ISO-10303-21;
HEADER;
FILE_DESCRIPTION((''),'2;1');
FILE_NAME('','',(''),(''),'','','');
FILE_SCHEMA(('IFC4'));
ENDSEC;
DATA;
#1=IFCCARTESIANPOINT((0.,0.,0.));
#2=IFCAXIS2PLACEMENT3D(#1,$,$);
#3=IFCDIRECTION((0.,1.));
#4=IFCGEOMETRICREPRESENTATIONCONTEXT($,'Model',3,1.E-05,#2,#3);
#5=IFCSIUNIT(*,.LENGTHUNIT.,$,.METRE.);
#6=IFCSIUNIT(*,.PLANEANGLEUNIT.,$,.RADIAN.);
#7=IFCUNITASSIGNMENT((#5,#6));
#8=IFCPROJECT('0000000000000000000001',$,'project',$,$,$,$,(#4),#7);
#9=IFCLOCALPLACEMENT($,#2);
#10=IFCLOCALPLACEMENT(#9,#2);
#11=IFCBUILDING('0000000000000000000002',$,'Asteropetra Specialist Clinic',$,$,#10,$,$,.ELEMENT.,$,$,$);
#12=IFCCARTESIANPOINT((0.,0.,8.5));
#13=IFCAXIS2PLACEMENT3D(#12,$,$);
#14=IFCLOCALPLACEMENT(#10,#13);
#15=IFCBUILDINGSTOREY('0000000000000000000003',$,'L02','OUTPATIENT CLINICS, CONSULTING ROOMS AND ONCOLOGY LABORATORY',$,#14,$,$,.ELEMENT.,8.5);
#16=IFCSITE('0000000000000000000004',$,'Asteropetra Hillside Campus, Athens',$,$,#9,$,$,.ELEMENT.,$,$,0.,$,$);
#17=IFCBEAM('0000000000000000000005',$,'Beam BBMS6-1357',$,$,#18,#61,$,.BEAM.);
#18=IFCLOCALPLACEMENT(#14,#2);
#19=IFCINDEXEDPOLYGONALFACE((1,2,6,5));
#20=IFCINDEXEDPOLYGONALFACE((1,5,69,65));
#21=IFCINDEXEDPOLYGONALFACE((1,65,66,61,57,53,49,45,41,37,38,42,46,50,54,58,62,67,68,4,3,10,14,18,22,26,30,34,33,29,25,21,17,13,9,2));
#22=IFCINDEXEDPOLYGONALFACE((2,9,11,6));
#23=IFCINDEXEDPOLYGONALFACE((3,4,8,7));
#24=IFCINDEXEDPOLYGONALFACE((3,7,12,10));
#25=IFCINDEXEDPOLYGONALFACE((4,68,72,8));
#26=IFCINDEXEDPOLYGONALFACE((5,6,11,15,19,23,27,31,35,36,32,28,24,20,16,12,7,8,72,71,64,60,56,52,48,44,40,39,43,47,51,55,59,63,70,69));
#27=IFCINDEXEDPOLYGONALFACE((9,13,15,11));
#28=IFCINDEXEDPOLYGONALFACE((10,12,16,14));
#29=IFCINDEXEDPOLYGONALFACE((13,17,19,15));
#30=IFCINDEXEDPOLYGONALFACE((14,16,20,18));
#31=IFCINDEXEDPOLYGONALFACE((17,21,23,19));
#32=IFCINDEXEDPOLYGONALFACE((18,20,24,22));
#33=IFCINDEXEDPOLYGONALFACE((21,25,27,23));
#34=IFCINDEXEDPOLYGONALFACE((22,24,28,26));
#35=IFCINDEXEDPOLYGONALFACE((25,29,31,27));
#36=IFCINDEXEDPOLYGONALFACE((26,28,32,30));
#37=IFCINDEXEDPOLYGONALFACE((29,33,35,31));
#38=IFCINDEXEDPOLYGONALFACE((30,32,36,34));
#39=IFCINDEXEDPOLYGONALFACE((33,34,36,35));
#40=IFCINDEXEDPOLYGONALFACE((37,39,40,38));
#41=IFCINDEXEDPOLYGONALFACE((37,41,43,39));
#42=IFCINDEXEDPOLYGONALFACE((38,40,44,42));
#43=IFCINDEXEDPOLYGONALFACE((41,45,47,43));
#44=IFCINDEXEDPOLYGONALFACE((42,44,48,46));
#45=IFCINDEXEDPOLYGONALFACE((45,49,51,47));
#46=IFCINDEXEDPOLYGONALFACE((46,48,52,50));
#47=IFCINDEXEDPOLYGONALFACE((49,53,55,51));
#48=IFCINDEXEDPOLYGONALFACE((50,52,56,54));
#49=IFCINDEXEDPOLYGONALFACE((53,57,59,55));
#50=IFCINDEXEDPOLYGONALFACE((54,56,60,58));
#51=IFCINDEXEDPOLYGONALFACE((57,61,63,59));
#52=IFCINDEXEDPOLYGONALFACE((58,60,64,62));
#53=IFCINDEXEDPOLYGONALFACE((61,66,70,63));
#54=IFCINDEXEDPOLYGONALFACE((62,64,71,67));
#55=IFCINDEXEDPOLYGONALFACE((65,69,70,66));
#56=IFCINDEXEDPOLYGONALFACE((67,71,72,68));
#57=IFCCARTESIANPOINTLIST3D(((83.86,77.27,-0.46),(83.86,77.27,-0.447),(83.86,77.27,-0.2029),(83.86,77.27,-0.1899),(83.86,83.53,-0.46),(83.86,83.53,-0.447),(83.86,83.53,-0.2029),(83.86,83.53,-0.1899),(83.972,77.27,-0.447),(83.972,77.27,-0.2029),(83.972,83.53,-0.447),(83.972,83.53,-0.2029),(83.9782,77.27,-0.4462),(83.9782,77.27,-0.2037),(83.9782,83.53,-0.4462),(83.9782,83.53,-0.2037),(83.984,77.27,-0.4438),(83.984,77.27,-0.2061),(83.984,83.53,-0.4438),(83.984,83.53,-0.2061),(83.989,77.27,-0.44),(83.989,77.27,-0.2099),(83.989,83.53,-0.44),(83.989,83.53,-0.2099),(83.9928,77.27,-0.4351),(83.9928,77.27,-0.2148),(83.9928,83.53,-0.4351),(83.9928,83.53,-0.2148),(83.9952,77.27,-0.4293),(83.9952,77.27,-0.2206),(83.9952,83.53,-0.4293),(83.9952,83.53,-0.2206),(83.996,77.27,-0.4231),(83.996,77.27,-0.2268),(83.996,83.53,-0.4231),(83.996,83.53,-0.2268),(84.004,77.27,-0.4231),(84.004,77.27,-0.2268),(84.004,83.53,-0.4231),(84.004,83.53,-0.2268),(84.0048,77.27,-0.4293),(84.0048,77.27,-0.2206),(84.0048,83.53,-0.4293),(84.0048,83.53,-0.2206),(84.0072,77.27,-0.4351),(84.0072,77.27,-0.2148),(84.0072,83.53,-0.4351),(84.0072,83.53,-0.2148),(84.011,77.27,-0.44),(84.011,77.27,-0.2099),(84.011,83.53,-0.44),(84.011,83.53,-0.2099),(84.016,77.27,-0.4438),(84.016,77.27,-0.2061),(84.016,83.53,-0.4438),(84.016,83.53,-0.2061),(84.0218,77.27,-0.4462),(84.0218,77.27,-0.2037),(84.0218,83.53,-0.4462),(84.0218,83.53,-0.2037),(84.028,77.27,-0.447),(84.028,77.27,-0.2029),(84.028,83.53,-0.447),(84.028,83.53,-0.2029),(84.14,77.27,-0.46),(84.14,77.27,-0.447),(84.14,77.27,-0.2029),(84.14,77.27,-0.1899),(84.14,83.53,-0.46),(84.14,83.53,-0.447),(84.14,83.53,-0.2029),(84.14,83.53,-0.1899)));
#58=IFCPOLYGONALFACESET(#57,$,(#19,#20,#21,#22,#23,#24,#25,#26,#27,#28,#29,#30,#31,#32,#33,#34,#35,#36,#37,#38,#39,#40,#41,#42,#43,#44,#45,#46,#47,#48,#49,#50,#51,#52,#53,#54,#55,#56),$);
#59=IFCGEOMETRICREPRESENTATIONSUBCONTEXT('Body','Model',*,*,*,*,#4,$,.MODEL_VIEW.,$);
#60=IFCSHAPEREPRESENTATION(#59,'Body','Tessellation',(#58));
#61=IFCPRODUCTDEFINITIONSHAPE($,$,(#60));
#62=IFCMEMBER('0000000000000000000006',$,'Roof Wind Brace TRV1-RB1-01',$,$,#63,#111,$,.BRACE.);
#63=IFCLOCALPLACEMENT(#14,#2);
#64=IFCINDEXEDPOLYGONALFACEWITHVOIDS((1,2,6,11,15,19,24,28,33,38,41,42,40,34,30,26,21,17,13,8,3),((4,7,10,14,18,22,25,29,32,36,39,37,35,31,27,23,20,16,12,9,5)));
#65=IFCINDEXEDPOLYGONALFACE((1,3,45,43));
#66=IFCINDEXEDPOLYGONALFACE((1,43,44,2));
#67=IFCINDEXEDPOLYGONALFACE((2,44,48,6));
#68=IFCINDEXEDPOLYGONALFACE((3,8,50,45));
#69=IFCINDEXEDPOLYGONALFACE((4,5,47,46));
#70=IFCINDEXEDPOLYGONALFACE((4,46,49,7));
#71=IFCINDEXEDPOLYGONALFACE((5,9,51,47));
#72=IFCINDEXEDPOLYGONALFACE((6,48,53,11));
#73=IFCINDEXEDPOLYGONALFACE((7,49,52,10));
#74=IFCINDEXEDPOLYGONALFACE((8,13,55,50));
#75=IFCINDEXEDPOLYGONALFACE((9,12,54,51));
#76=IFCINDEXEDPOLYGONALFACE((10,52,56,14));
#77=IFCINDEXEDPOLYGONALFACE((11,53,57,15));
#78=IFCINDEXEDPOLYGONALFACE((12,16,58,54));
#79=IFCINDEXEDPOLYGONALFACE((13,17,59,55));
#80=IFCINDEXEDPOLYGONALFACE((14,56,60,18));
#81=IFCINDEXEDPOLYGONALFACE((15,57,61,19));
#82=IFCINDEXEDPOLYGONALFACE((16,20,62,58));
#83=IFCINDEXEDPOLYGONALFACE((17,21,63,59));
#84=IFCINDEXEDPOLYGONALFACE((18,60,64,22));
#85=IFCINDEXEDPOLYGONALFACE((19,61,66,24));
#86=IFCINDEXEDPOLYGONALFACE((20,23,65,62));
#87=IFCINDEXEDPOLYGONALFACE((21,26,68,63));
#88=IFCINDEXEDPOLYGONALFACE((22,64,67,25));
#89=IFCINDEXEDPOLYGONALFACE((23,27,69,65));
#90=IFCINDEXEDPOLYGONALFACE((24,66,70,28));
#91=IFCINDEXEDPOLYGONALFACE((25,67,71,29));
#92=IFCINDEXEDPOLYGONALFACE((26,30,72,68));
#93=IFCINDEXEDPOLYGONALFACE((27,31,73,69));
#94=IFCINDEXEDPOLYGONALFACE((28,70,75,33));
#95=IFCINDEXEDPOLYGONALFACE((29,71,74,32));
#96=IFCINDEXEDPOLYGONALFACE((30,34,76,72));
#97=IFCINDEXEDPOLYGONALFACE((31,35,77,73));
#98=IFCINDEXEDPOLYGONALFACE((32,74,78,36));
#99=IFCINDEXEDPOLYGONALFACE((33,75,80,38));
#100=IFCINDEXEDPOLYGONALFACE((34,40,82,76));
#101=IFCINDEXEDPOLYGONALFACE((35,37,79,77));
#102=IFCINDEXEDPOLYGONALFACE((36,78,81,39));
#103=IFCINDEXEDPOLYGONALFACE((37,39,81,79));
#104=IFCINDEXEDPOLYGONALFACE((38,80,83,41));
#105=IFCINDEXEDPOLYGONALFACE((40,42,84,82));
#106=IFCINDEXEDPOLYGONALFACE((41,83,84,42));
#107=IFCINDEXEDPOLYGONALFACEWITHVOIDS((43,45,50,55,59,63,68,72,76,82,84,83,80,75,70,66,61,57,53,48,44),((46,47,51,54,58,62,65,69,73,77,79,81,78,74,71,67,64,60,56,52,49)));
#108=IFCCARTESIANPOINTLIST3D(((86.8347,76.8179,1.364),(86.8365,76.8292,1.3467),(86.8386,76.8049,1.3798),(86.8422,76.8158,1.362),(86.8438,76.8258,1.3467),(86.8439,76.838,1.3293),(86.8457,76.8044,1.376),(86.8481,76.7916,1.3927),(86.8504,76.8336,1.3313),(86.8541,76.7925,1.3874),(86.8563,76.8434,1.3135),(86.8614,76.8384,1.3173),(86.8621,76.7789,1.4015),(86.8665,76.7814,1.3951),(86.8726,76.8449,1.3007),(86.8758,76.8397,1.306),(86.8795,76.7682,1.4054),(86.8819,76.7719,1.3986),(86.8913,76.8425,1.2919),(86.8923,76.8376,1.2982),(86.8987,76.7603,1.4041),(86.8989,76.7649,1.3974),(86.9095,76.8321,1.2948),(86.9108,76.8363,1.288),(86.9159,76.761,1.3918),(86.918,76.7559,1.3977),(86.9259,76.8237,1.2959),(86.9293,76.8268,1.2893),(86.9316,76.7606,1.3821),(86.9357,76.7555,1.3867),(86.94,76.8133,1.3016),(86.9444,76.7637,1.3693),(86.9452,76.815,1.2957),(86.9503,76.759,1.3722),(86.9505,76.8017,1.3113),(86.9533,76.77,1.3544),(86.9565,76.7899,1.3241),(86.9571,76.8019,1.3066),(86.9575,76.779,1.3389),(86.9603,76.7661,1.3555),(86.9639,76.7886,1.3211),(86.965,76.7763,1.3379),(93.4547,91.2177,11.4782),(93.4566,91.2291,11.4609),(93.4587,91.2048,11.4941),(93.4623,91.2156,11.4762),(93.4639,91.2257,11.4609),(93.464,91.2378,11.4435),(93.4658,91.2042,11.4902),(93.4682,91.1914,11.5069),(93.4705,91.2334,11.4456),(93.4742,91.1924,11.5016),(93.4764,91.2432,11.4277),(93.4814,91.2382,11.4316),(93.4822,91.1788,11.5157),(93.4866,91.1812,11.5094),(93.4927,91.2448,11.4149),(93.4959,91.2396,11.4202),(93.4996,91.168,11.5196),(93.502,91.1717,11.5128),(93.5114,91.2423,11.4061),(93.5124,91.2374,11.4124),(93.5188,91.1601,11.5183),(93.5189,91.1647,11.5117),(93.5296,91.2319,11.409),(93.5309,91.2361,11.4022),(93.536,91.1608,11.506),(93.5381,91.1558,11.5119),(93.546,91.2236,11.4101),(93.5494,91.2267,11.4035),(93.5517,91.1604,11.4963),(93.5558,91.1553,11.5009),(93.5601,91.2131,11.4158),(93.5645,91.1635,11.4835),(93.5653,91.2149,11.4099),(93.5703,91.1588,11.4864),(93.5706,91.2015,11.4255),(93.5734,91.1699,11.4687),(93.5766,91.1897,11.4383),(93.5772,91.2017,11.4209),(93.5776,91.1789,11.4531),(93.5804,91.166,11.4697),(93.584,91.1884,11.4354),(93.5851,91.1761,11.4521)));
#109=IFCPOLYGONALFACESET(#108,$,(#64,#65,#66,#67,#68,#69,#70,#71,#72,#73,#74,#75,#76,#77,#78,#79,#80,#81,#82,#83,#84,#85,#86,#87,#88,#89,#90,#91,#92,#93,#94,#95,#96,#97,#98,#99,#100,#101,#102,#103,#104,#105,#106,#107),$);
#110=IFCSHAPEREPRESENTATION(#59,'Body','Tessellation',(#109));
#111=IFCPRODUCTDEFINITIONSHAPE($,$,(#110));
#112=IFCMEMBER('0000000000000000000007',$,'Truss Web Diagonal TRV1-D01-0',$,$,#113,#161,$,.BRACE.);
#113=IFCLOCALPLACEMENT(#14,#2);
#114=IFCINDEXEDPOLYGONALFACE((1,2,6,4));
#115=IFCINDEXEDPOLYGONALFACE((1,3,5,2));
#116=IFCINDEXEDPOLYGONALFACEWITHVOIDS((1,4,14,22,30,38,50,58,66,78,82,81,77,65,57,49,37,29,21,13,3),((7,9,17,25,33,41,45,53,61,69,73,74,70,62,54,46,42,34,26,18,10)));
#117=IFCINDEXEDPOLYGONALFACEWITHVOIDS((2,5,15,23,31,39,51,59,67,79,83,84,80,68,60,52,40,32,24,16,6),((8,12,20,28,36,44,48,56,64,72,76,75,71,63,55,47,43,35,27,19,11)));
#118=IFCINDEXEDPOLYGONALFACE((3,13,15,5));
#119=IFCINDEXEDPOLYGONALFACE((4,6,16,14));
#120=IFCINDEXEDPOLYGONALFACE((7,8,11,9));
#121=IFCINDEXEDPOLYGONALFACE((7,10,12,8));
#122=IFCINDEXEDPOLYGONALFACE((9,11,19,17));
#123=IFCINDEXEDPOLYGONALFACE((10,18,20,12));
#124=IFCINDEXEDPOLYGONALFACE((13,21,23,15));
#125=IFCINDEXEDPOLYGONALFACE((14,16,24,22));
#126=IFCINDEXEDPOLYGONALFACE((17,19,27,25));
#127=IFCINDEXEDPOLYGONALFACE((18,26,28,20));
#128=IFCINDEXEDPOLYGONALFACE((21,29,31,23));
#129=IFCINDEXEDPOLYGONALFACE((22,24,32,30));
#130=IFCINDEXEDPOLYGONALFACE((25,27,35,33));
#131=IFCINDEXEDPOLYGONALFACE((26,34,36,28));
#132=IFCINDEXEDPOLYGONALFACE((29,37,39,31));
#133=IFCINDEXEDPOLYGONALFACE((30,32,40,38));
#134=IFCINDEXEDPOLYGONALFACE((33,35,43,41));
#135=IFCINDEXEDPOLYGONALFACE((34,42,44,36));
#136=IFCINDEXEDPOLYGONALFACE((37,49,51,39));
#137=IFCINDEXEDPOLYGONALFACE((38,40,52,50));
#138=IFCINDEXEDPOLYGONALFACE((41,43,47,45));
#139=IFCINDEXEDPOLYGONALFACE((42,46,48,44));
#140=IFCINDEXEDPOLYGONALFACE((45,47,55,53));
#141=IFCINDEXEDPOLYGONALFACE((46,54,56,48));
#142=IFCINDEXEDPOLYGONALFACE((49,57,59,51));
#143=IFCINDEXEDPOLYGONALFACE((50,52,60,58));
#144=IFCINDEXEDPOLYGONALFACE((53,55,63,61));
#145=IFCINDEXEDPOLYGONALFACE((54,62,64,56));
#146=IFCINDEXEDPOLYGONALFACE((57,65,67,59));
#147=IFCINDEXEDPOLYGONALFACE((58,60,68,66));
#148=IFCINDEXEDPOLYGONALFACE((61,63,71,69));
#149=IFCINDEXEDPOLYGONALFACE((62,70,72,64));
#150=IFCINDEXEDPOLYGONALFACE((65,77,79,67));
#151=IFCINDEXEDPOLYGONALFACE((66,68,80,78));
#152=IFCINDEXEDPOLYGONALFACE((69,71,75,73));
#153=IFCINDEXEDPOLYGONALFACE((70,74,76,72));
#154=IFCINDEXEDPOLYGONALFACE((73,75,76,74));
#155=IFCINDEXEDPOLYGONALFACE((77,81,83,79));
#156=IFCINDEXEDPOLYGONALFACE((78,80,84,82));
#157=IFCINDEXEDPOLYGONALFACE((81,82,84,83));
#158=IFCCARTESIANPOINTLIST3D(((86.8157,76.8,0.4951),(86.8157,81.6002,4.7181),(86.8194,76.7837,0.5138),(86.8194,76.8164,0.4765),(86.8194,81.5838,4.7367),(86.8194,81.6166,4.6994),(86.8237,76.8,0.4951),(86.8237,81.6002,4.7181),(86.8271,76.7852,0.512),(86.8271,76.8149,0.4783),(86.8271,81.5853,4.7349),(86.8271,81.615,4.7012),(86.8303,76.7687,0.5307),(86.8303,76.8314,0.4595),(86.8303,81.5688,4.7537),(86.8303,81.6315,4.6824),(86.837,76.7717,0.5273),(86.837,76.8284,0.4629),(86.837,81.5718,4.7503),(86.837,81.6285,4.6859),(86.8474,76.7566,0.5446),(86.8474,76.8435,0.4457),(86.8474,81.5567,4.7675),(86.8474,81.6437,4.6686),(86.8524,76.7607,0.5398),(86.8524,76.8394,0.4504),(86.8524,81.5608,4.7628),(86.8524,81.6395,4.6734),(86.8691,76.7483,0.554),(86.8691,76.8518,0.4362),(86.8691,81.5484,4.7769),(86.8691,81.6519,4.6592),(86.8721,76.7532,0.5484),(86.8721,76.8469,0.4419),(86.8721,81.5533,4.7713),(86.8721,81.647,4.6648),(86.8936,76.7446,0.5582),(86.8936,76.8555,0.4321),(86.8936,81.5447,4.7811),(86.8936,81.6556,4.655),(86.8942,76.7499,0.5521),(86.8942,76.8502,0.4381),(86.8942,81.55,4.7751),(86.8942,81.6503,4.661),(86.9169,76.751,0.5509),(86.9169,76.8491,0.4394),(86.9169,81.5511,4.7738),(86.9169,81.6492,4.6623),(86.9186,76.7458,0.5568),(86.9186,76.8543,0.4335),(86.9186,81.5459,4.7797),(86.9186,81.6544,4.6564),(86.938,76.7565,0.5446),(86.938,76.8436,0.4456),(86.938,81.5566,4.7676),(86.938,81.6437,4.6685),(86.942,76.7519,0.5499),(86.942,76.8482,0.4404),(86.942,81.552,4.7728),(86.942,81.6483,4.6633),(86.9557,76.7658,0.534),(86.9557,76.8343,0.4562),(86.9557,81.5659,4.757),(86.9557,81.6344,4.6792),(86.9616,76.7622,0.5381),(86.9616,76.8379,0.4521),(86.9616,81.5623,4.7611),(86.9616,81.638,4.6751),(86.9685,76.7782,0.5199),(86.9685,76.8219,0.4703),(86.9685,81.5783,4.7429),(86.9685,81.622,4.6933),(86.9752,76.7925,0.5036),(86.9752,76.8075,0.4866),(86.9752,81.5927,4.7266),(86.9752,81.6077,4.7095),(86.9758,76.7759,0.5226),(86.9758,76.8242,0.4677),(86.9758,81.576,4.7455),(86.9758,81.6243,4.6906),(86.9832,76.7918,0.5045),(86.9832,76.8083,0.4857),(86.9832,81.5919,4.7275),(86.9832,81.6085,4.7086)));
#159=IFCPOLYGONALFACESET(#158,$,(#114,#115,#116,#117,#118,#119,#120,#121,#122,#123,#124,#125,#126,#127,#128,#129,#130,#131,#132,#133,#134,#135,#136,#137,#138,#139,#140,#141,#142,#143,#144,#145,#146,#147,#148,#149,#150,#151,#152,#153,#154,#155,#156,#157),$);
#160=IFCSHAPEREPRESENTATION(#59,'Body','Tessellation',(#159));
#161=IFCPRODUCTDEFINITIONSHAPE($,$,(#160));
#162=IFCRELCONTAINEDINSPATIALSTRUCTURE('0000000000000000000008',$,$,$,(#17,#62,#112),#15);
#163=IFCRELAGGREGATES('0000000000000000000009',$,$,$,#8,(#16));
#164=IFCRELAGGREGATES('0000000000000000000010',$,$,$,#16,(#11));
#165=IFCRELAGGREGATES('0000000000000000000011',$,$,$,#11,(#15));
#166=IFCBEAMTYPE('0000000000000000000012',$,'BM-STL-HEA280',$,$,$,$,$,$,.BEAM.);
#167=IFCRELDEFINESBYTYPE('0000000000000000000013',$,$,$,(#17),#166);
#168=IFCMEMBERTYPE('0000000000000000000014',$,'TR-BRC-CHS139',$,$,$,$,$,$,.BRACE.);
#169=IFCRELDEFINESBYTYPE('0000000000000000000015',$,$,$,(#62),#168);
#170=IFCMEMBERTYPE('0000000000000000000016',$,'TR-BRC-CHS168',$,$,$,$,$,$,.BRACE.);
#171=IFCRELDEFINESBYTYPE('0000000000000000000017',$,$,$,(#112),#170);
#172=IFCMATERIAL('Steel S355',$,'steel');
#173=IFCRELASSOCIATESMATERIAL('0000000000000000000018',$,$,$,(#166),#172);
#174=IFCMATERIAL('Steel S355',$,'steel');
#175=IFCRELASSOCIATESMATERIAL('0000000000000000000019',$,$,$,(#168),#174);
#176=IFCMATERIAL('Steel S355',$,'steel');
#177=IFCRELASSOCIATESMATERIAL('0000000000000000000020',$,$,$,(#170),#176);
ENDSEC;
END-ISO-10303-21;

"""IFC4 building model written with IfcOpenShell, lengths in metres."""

from ifc_helpers import new_model, si_unit, direction, frame, origin, origin_2d, place, context, subcontext, project, spatial, hollow_circle, i_section, extrude, material, material_profile, profile_set, type_object, element, save


model = new_model("IFC4")

# Units and contexts
model_context = context("Model", 3, precision=1e-05, world=origin(), true_north=direction((0.0, 1.0)))
body_context = subcontext(model_context, "Body", "Model", "MODEL_VIEW")
ifc_project = project(units=[si_unit("LENGTHUNIT", "METRE"), si_unit("PLANEANGLEUNIT", "RADIAN")], contexts=[model_context])

# Site, building, storey
site_placement = place(None, origin())
site = spatial("IfcSite", under=ifc_project, at=site_placement, Name="Asteropetra Hillside Campus, Athens", CompositionType="ELEMENT", RefElevation=0.0)
building_placement = place(site_placement, origin())
building = spatial("IfcBuilding", under=site, at=building_placement, Name="Asteropetra Specialist Clinic", CompositionType="ELEMENT")
storey_placement = place(building_placement, frame((0.0, 0.0, 8.5)))
storey = spatial("IfcBuildingStorey", under=building, at=storey_placement, Name="L02", Description="OUTPATIENT CLINICS, CONSULTING ROOMS AND ONCOLOGY LABORATORY", CompositionType="ELEMENT", Elevation=8.5)

# Beam
ifc_material_1 = material(Name="Steel S355", Category="steel")
ifc_material_profile_1 = material_profile(ifc_material_1, i_section(OverallWidth=0.28, OverallDepth=0.27, WebThickness=0.0081, FlangeThickness=0.0129, FilletRadius=0.0239, at=origin_2d()), Name="HEA 280")
ifc_profile_set_1 = profile_set([ifc_material_profile_1], Name="Steel S355")
beam_type = type_object("IfcBeamType", Name="BM-STL-HEA280", PredefinedType="BEAM", material=ifc_profile_set_1)
beam_placement = place(storey_placement, frame((84.0, 77.27, -0.325), z_axis=(0.0, 1.0, 0.0), x_axis=(-1.0, 0.0, 0.0)))
element("IfcBeam", 1, at=beam_placement, inside=storey, type_object=beam_type, Name="Beam BBMS6-1357", PredefinedType="BEAM", context=body_context, shape_type="SweptSolid", body=[
    extrude(i_section(OverallWidth=0.28, OverallDepth=0.27, WebThickness=0.0081, FlangeThickness=0.0129, FilletRadius=0.0239, at=origin_2d()), origin(), (0.0, 0.0, 1.0), 6.26),
])

# Members
ifc_material_2 = material(Name="Steel S355", Category="steel")
ifc_material_profile_2 = material_profile(ifc_material_2, hollow_circle(Radius=0.0698, WallThickness=0.0081, at=origin_2d()), Name="CHS 139.7x8.0")
ifc_profile_set_2 = profile_set([ifc_material_profile_2], Name="Steel S355")
member_type_1 = type_object("IfcMemberType", Name="TR-BRC-CHS139", PredefinedType="BRACE", material=ifc_profile_set_2)
member_1_placement = place(storey_placement, frame((86.8999, 76.8, 1.3467), z_axis=(0.352113, 0.765907, 0.537961), x_axis=(-0.908582, 0.417706, 0.0)))
element("IfcMember", 2, at=member_1_placement, inside=storey, type_object=member_type_1, Name="Roof Wind Brace TRV1-RB1-01", PredefinedType="BRACE", context=body_context, shape_type="SweptSolid", body=[
    extrude(hollow_circle(Radius=0.0698, WallThickness=0.0081, at=origin_2d()), origin(), (0.0, 0.0, 1.0), 18.801),
])
ifc_material_3 = material(Name="Steel S355", Category="steel")
ifc_material_profile_3 = material_profile(ifc_material_3, hollow_circle(Radius=0.0842, WallThickness=0.0081, at=origin_2d()), Name="CHS 168.3x8.0")
ifc_profile_set_3 = profile_set([ifc_material_profile_3], Name="Steel S355")
member_type_2 = type_object("IfcMemberType", Name="TR-BRC-CHS168", PredefinedType="BRACE", material=ifc_profile_set_3)
member_2_placement = place(storey_placement, frame((86.8999, 76.8, 0.4951), z_axis=(0.0, 0.750802, 0.660527), x_axis=(-1.0, 0.0, 0.0)))
element("IfcMember", 3, at=member_2_placement, inside=storey, type_object=member_type_2, Name="Truss Web Diagonal TRV1-D01-0", PredefinedType="BRACE", context=body_context, shape_type="SweptSolid", body=[
    extrude(hollow_circle(Radius=0.0842, WallThickness=0.0081, at=origin_2d()), origin(), (0.0, 0.0, 1.0), 6.3933),
])

save(model, "model.ifc")
